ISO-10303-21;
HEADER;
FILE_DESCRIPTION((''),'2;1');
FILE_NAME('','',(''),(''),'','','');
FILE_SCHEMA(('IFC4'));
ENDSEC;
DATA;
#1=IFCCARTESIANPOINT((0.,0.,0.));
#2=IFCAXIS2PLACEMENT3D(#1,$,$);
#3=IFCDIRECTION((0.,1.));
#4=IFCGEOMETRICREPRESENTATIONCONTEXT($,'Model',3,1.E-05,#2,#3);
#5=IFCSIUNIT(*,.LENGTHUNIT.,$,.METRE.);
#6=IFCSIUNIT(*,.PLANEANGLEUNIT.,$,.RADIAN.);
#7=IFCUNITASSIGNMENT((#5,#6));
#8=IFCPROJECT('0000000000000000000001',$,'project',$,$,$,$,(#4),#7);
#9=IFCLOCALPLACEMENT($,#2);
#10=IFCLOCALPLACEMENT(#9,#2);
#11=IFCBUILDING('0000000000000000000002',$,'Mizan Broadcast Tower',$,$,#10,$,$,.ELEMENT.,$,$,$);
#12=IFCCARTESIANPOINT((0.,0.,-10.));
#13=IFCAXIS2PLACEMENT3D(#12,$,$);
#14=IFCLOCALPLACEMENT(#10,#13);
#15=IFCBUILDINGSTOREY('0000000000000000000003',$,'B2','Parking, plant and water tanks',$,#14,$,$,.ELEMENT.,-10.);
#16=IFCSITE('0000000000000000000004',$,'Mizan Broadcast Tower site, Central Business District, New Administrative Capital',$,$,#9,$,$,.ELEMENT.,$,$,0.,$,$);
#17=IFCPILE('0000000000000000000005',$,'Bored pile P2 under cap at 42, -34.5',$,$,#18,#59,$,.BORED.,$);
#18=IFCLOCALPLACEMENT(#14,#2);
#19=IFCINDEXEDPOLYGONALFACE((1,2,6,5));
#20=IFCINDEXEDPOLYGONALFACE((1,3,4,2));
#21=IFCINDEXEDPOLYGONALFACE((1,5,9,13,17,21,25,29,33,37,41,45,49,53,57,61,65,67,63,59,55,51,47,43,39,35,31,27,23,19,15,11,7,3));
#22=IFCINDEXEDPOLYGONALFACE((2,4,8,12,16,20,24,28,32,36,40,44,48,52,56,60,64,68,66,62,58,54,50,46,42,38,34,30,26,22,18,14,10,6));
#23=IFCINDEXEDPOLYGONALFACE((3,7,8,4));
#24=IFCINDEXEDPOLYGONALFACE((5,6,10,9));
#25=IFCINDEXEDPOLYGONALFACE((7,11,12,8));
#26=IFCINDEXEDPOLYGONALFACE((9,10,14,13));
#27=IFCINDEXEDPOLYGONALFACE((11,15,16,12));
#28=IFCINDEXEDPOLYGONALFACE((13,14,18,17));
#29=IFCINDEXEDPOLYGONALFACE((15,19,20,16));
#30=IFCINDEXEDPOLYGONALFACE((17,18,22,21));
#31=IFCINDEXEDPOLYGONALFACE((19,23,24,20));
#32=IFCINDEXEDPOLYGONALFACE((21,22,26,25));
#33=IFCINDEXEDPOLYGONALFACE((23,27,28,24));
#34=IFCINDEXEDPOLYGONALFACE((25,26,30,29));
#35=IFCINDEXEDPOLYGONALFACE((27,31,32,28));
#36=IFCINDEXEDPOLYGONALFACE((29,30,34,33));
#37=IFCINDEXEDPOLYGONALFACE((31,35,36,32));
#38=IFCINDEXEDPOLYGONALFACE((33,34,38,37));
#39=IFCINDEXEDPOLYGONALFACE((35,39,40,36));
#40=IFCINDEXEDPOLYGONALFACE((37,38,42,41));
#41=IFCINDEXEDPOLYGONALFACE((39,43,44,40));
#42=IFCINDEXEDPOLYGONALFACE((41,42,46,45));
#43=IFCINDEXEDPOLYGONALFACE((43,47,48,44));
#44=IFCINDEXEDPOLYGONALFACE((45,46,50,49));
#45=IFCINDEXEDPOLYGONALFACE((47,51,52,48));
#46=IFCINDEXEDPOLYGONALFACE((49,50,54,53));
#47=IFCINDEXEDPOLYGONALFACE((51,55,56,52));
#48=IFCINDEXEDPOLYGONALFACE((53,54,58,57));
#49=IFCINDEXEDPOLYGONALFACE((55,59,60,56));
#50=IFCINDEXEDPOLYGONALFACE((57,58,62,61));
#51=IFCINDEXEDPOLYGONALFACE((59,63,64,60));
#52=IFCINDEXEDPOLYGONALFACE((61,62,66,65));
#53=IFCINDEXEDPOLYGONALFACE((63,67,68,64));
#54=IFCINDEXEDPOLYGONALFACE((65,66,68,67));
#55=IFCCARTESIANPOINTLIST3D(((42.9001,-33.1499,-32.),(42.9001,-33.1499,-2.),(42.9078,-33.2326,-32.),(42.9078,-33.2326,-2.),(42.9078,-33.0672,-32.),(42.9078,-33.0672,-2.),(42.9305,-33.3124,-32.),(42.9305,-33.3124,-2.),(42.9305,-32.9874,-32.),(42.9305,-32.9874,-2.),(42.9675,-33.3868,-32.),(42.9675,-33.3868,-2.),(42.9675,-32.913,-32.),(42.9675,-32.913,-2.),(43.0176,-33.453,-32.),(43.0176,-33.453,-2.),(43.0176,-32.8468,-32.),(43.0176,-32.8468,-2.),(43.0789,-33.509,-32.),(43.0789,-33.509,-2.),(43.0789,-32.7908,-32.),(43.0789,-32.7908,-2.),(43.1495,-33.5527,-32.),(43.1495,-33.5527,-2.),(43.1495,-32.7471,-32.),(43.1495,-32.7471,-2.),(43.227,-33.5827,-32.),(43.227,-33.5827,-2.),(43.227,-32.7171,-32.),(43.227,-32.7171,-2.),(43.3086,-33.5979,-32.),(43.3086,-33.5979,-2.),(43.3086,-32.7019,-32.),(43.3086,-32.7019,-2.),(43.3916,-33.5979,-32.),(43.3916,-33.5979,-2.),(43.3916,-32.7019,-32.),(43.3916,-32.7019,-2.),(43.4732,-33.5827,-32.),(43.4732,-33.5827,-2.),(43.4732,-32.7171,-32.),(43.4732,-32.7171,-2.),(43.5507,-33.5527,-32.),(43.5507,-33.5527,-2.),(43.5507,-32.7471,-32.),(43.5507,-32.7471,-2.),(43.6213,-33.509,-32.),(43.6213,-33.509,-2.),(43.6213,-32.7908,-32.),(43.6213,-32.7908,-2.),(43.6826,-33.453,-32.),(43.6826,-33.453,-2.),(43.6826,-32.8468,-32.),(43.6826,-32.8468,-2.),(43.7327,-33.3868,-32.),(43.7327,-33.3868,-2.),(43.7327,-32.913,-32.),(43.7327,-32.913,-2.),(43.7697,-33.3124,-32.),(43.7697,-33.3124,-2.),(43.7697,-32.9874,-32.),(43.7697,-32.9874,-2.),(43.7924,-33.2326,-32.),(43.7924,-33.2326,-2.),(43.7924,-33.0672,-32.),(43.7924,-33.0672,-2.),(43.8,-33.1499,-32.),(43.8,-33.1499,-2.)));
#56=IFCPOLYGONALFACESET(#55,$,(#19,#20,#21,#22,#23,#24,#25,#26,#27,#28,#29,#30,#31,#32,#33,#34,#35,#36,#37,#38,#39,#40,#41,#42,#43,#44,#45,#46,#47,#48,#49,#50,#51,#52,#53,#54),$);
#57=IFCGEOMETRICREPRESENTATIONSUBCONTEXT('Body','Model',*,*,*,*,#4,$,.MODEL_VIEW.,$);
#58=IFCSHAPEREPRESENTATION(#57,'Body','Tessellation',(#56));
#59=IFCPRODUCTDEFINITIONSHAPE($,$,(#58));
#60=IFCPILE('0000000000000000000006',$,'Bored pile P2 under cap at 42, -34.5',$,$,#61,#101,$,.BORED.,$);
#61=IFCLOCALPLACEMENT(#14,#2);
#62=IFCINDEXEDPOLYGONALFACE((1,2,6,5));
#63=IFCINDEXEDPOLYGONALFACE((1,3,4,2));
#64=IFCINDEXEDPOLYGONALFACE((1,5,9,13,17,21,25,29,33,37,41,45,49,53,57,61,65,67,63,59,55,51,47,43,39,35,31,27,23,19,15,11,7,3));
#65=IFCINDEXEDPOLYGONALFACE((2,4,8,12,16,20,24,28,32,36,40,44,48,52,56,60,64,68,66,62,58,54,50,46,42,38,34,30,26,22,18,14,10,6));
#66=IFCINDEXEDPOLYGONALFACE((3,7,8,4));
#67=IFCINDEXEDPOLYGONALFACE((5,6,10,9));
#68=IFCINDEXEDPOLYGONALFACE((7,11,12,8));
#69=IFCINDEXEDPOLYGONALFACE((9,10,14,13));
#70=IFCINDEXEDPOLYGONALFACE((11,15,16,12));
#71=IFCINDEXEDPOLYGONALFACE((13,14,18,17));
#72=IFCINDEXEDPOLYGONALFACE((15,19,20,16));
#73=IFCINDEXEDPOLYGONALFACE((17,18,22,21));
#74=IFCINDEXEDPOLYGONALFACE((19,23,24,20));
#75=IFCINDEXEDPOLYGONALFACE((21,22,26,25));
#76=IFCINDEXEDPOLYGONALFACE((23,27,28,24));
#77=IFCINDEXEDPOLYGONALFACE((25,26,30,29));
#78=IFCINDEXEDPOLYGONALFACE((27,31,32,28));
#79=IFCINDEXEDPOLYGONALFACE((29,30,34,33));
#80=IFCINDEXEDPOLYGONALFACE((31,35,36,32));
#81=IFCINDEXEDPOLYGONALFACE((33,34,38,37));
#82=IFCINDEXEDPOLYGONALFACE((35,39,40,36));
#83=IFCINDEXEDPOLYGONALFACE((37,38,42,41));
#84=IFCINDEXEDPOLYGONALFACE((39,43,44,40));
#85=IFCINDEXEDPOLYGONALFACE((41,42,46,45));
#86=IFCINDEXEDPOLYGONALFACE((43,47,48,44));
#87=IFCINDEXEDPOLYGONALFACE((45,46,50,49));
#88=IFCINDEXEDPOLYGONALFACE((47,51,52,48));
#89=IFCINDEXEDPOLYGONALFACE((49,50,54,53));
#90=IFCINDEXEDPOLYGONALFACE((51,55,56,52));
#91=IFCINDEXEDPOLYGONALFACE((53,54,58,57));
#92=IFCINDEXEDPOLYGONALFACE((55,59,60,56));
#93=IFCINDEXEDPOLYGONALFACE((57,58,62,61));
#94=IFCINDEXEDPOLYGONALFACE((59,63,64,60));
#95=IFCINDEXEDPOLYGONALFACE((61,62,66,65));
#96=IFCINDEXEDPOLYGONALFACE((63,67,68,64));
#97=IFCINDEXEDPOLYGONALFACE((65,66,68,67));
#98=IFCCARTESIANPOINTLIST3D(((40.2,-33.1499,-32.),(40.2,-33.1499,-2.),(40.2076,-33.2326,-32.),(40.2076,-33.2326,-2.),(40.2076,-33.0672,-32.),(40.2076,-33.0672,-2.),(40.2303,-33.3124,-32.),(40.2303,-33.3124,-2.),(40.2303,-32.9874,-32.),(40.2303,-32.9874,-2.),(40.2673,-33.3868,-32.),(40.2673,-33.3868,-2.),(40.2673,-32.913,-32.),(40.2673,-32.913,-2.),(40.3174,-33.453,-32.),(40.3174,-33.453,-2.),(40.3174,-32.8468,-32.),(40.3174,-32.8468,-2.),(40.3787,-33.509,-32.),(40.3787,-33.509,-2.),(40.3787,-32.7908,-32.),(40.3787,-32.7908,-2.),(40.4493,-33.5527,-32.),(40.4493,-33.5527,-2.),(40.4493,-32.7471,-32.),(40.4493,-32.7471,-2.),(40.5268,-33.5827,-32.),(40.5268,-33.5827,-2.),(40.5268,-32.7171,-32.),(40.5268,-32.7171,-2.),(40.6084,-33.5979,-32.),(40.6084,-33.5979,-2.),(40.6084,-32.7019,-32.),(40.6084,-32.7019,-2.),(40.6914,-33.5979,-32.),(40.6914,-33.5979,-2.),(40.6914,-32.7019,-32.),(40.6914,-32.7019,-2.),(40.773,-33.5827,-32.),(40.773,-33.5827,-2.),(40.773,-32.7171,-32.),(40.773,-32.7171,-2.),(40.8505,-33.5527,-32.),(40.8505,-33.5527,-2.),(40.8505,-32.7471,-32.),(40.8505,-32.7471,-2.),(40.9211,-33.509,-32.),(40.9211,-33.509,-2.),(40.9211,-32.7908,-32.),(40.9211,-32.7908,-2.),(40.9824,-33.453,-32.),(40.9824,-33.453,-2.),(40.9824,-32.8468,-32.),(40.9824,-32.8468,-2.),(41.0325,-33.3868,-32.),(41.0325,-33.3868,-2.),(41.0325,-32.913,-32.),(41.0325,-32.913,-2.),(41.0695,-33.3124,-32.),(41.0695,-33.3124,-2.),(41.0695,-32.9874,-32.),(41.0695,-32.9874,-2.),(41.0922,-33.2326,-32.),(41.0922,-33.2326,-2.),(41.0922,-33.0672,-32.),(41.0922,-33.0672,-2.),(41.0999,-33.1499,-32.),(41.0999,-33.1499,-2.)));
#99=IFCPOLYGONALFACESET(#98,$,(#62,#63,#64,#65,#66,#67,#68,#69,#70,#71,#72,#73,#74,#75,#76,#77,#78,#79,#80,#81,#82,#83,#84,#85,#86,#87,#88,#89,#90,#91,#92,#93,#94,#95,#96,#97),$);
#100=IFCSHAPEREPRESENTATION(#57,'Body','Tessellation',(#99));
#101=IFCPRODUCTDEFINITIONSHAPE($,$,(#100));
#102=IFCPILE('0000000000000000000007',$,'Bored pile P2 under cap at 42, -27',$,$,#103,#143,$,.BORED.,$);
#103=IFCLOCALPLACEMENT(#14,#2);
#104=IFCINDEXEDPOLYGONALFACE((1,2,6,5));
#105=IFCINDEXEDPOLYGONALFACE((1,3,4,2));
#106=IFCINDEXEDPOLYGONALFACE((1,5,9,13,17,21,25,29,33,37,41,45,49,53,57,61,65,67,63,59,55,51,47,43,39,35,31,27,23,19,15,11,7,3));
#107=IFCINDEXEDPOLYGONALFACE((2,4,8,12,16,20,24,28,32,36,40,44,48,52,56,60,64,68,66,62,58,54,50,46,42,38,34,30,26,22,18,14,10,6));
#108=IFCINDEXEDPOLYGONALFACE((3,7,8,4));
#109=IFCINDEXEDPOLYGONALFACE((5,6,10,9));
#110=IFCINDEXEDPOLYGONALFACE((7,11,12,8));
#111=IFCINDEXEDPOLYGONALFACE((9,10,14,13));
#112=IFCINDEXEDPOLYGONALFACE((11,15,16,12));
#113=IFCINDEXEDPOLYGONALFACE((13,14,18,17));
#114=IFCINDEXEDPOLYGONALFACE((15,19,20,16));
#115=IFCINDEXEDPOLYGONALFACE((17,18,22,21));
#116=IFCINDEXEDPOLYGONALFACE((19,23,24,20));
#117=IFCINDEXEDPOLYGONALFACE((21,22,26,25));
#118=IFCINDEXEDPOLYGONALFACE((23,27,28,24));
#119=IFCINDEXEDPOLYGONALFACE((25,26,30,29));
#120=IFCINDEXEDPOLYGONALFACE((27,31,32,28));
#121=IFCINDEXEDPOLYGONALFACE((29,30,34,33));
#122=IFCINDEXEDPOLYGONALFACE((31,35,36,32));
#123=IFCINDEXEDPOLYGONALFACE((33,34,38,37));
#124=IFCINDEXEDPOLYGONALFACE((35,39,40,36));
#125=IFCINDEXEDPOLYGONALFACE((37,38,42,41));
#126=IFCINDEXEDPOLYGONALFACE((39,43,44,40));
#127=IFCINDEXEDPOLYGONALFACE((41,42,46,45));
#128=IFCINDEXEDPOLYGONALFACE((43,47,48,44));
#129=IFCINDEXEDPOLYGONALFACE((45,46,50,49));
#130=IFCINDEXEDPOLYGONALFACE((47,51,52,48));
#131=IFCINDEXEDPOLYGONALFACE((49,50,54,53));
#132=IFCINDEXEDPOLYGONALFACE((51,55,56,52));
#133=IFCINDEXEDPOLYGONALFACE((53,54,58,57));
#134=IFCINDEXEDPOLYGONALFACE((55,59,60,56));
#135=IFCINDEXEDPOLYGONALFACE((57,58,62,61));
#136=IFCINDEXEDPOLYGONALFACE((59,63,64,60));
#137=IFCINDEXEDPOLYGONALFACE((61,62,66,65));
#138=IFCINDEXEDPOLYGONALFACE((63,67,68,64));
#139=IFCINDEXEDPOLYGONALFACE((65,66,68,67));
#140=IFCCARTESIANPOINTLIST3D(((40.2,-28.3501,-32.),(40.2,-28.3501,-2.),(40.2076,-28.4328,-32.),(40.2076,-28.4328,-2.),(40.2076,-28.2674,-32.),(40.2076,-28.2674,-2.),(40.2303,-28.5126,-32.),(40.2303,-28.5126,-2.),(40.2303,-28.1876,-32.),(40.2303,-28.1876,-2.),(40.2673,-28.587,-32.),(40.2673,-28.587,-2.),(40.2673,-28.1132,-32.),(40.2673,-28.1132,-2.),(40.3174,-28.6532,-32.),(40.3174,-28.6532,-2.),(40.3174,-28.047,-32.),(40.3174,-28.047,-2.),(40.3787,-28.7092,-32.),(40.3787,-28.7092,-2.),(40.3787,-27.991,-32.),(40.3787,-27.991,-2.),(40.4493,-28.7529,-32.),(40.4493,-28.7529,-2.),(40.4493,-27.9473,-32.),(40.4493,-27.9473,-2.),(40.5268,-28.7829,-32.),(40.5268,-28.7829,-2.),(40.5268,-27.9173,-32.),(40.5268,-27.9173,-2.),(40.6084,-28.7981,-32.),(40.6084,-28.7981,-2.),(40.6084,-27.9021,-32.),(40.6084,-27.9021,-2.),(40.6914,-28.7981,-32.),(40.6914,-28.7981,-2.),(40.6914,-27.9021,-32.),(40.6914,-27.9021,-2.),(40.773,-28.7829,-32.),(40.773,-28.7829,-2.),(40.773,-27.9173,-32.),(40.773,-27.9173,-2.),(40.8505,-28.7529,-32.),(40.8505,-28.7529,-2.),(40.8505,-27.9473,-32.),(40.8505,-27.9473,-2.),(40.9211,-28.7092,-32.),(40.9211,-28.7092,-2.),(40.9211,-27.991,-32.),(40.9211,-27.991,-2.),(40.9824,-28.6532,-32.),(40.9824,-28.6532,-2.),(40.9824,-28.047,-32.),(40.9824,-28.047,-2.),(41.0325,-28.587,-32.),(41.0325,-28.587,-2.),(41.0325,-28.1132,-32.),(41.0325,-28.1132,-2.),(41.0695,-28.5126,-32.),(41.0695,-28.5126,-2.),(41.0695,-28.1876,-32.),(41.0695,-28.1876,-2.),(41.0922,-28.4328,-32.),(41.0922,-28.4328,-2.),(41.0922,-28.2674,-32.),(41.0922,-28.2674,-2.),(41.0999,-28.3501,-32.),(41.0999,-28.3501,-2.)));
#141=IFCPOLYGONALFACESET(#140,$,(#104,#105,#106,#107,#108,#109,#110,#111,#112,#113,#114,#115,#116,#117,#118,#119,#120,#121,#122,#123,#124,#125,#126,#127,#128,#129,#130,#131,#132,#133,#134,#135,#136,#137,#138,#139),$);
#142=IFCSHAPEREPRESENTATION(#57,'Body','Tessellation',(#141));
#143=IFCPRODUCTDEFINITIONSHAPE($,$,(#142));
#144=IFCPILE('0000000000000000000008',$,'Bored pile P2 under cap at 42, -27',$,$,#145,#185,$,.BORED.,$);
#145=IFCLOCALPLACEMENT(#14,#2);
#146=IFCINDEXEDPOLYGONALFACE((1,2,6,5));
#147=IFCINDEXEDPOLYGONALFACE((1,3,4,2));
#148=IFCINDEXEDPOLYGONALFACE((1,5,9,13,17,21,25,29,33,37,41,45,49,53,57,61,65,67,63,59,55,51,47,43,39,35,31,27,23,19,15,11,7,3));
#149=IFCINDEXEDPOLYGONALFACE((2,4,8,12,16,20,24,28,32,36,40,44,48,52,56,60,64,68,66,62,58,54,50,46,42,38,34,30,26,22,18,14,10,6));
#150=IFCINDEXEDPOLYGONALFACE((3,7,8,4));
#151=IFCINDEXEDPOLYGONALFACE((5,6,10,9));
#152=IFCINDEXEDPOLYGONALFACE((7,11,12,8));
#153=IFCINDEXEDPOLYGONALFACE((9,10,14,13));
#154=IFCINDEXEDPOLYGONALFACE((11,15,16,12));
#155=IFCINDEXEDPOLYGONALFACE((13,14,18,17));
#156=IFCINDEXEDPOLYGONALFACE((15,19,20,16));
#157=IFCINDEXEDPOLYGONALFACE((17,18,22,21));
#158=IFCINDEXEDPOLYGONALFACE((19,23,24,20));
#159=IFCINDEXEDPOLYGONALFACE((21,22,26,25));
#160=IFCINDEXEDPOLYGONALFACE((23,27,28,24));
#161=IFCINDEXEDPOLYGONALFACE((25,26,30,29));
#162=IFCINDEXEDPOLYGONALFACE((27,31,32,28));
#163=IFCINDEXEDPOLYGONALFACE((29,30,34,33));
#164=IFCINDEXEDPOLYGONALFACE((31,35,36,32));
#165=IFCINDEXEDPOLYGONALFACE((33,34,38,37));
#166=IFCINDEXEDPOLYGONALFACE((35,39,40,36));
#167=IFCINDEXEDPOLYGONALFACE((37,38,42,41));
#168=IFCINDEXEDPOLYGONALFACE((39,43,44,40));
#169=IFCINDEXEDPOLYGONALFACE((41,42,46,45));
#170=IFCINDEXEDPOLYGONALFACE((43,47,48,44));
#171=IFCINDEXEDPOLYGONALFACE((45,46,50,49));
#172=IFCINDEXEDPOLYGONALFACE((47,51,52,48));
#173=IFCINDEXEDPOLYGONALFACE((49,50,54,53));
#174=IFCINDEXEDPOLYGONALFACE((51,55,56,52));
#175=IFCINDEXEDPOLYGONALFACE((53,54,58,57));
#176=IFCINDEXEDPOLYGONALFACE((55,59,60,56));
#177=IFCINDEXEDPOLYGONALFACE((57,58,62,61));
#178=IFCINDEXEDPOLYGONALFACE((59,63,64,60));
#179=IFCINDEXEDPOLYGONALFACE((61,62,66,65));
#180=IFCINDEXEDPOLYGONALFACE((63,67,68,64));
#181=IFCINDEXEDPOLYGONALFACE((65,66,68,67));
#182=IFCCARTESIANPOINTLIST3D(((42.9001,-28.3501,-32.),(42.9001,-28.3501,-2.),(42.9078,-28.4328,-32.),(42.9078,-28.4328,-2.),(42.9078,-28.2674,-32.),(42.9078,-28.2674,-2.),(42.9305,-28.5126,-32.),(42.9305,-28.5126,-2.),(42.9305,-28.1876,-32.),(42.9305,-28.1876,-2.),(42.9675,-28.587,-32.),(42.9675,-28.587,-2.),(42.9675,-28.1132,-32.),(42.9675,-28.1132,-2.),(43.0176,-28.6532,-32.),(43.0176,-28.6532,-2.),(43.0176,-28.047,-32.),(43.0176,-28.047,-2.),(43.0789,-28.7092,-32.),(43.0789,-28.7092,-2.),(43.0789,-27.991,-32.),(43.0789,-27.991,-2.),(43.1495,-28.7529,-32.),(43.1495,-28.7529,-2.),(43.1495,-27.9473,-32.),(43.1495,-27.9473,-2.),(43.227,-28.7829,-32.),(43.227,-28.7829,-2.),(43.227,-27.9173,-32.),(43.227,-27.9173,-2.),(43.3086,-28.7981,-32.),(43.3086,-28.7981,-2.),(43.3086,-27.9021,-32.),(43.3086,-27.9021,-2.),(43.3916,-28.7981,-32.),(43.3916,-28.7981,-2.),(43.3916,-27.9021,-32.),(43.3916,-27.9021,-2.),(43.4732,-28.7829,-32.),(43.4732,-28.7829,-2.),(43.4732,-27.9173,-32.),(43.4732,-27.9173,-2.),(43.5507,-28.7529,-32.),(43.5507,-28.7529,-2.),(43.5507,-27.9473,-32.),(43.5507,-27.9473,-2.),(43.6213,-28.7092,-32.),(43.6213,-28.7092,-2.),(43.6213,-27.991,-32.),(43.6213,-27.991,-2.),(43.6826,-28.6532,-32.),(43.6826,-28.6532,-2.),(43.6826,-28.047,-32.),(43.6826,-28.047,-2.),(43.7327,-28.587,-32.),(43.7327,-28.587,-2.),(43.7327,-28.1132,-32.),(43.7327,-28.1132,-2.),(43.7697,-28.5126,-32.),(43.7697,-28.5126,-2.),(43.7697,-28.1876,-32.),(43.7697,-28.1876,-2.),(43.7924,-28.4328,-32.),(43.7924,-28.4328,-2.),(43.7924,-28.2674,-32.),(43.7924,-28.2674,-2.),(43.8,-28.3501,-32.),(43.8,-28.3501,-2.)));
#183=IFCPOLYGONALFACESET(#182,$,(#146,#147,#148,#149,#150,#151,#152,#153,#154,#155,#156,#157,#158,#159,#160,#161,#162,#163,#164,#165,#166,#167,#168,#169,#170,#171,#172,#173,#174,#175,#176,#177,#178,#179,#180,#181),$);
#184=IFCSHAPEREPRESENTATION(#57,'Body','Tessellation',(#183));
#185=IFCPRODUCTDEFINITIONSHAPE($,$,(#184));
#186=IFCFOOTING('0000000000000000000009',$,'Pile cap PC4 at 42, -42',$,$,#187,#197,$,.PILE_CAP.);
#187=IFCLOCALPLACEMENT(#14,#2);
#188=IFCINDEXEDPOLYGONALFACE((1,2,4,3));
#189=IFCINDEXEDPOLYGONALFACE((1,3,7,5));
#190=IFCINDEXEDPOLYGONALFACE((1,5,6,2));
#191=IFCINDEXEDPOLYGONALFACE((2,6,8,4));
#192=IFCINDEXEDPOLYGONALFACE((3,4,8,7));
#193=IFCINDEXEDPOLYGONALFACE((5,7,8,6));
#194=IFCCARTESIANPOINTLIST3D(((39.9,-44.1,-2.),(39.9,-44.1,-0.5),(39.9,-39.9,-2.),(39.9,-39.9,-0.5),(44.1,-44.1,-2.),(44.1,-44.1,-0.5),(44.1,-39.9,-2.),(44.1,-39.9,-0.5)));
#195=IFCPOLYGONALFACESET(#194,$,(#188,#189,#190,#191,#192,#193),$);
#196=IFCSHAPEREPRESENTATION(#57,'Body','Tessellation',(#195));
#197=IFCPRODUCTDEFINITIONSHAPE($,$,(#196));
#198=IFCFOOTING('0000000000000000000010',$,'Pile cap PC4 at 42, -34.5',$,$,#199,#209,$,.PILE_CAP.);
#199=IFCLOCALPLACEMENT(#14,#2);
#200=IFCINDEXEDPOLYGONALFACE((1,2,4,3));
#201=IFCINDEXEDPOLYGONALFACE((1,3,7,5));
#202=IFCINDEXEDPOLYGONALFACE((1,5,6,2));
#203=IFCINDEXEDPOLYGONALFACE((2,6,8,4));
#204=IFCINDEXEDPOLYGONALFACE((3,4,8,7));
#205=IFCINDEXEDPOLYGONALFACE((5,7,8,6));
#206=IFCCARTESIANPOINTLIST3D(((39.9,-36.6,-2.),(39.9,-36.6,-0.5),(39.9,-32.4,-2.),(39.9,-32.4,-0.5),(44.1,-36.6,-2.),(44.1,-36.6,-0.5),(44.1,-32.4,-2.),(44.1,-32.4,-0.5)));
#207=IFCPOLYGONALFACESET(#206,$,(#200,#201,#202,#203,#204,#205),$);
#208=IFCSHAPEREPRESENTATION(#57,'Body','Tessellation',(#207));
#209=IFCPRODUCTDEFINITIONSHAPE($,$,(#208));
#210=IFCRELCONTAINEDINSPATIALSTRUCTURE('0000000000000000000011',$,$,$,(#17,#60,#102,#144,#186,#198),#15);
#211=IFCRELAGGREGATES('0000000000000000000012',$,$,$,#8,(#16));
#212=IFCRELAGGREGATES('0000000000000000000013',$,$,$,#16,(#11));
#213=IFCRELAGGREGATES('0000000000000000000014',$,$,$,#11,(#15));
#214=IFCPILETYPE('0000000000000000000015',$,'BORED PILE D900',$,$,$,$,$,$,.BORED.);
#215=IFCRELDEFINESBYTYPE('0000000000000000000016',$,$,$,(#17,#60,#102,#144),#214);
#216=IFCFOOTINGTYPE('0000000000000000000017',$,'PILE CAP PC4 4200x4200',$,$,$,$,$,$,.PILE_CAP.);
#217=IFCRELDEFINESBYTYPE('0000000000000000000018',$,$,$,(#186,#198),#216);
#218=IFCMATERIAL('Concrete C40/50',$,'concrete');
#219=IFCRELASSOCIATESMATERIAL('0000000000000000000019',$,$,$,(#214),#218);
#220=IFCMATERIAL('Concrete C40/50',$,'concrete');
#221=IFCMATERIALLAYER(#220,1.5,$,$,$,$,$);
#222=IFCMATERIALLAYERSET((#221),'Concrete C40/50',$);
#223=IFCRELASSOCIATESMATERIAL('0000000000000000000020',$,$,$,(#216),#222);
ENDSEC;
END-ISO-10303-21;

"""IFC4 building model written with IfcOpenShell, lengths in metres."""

from ifc_helpers import new_model, si_unit, direction, frame, origin, origin_2d, place, context, subcontext, project, spatial, rectangle, circle, extrude, material, layer, layer_set, material_profile, profile_set, type_object, element, save


model = new_model("IFC4")

# Units and contexts
model_context = context("Model", 3, precision=1e-05, world=origin(), true_north=direction((0.0, 1.0)))
body_context = subcontext(model_context, "Body", "Model", "MODEL_VIEW")
ifc_project = project(units=[si_unit("LENGTHUNIT", "METRE"), si_unit("PLANEANGLEUNIT", "RADIAN")], contexts=[model_context])

# Site, building, storey
site_placement = place(None, origin())
site = spatial("IfcSite", under=ifc_project, at=site_placement, Name="Mizan Broadcast Tower site, Central Business District, New Administrative Capital", CompositionType="ELEMENT", RefElevation=0.0)
building_placement = place(site_placement, origin())
building = spatial("IfcBuilding", under=site, at=building_placement, Name="Mizan Broadcast Tower", CompositionType="ELEMENT")
storey_placement = place(building_placement, frame((0.0, 0.0, -10.0)))
storey = spatial("IfcBuildingStorey", under=building, at=storey_placement, Name="B2", Description="Parking, plant and water tanks", CompositionType="ELEMENT", Elevation=-10.0)

# Piles
ifc_material_1 = material(Name="Concrete C40/50", Category="concrete")
ifc_material_profile_1 = material_profile(ifc_material_1, circle(Radius=0.45, at=origin_2d()), Name="D900")
ifc_profile_set_1 = profile_set([ifc_material_profile_1], Name="Concrete C40/50")
pile_type = type_object("IfcPileType", Name="BORED PILE D900", PredefinedType="BORED", material=ifc_profile_set_1)
for number, where, z_axis, x_axis, name in (
    (1, (43.3501, -33.1499, -2.0), (0.0, 0.0, -1.0), (1.0, 0.0, 0.0), "Bored pile P2 under cap at 42, -34.5"),
    (2, (40.6499, -33.1499, -2.0), (0.0, 0.0, -1.0), (1.0, 0.0, 0.0), "Bored pile P2 under cap at 42, -34.5"),
    (3, (40.6499, -28.3501, -2.0), (0.0, 0.0, -1.0), (1.0, 0.0, 0.0), "Bored pile P2 under cap at 42, -27"),
    (4, (43.3501, -28.3501, -2.0), (0.0, 0.0, -1.0), (1.0, 0.0, 0.0), "Bored pile P2 under cap at 42, -27"),
):
    element("IfcPile", number, at=place(storey_placement, frame(where, z_axis=z_axis, x_axis=x_axis)), inside=storey, type_object=pile_type, Name=name, PredefinedType="BORED", context=body_context, shape_type="SweptSolid", body=[
        extrude(circle(Radius=0.45, at=origin_2d()), origin(), (0.0, 0.0, 1.0), 30.0),
    ])

# Footings
ifc_material_2 = material(Name="Concrete C40/50", Category="concrete")
ifc_layer_1 = layer(ifc_material_2, 1.5)
ifc_layer_set_1 = layer_set([ifc_layer_1], Name="Concrete C40/50")
footing_type_1 = type_object("IfcFootingType", Name="PILE CAP PC4 4200x4200", PredefinedType="PILE_CAP", material=ifc_layer_set_1)
for number, where, z_axis, x_axis, name in (
    (5, (42.0, -42.0, -2.0), (0.0, 0.0, 1.0), (1.0, 0.0, 0.0), "Pile cap PC4 at 42, -42"),
    (6, (42.0, -34.5, -2.0), (0.0, 0.0, 1.0), (1.0, 0.0, 0.0), "Pile cap PC4 at 42, -34.5"),
):
    element("IfcFooting", number, at=place(storey_placement, frame(where, z_axis=z_axis, x_axis=x_axis)), inside=storey, type_object=footing_type_1, Name=name, PredefinedType="PILE_CAP", context=body_context, shape_type="SweptSolid", body=[
        extrude(rectangle(XDim=4.2, YDim=4.2, at=origin_2d()), origin(), (0.0, 0.0, 1.0), 1.5),
    ])

save(model, "model.ifc")
